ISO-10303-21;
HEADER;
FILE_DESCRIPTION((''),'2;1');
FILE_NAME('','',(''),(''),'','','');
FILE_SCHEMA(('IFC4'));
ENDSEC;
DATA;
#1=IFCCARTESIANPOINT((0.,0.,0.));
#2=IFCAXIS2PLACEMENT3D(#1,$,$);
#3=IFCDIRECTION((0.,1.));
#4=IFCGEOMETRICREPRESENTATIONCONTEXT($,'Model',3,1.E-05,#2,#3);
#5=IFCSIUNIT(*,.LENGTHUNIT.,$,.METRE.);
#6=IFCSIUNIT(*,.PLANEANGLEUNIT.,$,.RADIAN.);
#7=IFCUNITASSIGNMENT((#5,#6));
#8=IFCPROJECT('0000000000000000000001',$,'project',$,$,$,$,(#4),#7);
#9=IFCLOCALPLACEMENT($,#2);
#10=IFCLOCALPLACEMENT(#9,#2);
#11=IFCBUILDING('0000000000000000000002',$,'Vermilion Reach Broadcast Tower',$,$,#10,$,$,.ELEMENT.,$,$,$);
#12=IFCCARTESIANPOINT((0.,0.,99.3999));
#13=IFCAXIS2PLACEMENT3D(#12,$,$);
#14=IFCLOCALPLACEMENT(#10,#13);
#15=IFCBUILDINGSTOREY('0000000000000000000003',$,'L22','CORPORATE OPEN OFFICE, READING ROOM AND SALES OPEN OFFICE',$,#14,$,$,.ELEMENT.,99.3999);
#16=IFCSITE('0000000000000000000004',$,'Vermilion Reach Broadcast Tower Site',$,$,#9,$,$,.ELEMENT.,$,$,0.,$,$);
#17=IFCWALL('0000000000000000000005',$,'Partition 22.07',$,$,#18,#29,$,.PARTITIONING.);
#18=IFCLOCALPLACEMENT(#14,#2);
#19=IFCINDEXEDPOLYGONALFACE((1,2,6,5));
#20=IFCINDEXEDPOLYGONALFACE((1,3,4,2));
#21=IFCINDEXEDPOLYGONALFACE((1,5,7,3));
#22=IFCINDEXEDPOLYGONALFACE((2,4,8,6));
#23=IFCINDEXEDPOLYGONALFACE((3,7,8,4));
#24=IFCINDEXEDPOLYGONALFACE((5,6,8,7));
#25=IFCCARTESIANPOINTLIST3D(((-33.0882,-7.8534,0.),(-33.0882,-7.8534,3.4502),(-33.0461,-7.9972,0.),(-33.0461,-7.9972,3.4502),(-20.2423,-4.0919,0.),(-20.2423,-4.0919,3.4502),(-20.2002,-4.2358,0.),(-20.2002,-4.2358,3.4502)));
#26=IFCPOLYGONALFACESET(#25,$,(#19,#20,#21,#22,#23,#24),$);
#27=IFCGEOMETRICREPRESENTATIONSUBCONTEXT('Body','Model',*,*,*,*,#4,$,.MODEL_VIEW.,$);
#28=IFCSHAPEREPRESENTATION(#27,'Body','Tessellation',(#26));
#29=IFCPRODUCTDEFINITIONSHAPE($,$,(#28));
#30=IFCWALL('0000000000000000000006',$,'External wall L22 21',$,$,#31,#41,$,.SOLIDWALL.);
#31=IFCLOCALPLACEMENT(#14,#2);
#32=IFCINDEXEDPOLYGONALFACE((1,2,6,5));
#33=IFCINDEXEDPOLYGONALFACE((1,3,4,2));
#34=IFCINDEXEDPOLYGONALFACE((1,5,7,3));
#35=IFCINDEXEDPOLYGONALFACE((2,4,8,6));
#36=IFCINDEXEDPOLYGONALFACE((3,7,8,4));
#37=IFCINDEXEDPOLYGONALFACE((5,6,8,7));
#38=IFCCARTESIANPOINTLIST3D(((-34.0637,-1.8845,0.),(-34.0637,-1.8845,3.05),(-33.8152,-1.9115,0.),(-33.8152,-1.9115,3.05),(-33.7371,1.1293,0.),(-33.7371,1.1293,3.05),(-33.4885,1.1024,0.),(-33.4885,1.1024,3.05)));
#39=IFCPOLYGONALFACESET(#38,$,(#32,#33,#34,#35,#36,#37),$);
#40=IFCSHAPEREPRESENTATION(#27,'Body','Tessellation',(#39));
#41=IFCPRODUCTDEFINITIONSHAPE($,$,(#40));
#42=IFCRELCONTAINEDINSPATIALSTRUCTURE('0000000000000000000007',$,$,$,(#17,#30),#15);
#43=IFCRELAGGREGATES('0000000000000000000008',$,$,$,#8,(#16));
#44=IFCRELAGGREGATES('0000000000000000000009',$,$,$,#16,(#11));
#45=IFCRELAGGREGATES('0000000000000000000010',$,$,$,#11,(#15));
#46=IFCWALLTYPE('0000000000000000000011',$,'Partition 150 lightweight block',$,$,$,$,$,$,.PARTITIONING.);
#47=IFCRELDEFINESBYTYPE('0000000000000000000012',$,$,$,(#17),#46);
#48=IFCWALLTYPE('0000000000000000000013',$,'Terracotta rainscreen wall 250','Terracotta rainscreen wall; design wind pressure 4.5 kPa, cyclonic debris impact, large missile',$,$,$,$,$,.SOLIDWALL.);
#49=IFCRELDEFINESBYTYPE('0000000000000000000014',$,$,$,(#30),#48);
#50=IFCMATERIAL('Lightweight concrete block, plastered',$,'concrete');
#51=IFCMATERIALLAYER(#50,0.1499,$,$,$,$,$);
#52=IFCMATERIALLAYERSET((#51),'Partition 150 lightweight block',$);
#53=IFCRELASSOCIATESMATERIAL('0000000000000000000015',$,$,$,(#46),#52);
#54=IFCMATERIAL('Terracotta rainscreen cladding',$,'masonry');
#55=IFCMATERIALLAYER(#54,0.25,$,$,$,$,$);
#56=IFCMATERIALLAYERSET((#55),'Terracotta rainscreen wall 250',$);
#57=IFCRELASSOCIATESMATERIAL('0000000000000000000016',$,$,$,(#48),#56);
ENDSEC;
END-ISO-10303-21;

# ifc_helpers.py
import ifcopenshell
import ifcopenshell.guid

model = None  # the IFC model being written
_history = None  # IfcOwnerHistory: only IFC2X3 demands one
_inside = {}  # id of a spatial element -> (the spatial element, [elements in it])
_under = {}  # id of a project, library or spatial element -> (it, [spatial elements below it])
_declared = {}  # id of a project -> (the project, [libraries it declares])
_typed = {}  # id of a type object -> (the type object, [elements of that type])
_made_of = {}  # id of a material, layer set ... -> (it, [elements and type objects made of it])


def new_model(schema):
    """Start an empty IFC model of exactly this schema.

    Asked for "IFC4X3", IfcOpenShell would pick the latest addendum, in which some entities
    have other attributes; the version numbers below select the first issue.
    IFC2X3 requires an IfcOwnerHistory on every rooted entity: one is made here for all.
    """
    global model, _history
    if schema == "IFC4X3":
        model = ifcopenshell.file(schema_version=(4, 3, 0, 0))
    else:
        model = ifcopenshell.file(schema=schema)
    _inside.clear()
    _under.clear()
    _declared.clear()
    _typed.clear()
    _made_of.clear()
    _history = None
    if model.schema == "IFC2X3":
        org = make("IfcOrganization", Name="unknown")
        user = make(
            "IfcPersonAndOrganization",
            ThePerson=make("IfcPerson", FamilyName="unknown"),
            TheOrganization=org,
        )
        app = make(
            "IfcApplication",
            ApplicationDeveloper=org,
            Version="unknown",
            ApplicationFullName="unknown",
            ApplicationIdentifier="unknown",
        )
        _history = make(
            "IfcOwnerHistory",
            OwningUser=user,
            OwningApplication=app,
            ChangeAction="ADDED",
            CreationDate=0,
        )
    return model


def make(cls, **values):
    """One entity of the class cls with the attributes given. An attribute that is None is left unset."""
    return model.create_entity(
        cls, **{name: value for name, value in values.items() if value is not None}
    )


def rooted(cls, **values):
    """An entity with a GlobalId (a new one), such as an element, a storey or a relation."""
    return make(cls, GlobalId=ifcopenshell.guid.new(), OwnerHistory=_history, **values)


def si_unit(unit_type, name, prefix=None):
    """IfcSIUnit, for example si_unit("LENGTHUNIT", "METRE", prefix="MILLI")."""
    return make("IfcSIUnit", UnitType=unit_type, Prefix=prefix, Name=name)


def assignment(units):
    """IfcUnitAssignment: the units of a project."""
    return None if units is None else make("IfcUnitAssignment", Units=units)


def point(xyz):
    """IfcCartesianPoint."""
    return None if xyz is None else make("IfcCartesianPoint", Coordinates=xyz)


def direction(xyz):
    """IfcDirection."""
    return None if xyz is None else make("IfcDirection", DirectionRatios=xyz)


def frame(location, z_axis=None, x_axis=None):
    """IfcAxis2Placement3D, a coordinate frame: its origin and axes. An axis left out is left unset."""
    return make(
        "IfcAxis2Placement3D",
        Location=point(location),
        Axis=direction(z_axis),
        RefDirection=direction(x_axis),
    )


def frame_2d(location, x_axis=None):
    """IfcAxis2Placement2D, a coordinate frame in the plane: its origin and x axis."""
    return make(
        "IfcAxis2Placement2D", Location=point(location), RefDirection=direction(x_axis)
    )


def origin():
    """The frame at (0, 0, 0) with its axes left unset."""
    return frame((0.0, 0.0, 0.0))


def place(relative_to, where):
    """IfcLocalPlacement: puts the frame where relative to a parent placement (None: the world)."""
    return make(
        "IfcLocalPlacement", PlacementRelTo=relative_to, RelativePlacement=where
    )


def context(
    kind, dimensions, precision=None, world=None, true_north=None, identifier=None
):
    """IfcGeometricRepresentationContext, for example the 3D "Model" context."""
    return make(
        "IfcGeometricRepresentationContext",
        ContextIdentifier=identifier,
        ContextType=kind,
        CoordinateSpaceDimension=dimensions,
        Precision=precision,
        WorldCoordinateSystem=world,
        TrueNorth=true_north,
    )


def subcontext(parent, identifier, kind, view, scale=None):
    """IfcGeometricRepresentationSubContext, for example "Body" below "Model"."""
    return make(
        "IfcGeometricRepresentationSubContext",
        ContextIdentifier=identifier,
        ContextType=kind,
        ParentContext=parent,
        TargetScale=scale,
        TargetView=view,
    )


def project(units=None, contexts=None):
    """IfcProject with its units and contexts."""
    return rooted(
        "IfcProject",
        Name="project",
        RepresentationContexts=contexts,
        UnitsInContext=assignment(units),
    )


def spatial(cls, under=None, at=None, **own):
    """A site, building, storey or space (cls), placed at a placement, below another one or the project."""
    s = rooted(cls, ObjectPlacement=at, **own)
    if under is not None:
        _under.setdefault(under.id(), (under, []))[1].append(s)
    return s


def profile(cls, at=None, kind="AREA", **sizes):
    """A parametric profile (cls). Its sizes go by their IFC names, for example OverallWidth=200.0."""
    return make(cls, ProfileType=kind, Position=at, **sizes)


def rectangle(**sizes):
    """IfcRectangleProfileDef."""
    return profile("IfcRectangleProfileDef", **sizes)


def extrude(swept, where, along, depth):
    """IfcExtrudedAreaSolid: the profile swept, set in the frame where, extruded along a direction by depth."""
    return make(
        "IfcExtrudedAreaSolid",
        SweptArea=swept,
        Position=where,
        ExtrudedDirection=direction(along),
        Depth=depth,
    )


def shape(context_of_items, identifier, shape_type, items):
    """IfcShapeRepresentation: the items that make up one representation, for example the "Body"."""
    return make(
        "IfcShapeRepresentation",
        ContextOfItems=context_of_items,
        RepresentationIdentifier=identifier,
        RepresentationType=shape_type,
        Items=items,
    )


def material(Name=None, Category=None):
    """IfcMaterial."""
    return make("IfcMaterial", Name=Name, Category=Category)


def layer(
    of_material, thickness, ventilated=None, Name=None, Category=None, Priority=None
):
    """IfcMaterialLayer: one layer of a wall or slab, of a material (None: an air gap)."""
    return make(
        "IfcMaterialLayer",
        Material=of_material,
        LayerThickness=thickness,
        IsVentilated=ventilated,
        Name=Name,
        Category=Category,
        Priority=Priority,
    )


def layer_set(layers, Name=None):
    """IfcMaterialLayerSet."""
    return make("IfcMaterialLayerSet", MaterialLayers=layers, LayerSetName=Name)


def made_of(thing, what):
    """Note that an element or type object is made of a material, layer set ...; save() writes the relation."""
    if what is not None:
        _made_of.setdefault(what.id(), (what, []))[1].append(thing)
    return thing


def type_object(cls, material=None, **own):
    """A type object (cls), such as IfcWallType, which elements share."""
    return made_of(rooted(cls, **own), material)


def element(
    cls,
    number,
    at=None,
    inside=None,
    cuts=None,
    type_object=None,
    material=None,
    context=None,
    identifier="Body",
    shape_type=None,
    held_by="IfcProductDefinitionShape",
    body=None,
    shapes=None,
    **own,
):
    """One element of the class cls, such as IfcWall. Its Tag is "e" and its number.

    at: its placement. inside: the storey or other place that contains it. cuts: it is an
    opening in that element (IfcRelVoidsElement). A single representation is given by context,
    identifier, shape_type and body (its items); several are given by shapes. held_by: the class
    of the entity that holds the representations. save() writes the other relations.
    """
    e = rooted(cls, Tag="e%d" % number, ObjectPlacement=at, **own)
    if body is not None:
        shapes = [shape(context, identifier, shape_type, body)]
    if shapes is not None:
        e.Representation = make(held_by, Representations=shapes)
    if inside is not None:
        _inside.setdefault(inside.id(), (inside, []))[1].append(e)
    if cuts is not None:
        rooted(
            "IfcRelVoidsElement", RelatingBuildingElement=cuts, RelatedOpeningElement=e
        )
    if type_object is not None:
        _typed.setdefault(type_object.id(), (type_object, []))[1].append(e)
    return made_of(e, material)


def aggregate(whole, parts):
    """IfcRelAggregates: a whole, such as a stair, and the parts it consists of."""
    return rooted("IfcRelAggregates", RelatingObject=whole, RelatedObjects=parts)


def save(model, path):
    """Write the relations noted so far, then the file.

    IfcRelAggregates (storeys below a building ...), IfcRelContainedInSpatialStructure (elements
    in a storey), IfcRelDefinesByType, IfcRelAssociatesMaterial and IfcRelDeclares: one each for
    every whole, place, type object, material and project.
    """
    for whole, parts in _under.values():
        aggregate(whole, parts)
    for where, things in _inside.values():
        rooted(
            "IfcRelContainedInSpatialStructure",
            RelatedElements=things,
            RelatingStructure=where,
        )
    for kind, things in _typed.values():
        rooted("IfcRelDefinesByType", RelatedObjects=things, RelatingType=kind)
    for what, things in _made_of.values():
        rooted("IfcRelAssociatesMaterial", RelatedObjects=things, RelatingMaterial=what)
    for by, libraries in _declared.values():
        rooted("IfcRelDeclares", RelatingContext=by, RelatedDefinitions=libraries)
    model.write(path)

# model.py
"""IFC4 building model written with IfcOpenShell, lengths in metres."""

from ifc_helpers import new_model, si_unit, direction, frame, frame_2d, origin, place, context, subcontext, project, spatial, rectangle, extrude, material, layer, layer_set, type_object, element, save


model = new_model("IFC4")

# Units and contexts
model_context = context("Model", 3, precision=1e-05, world=origin(), true_north=direction((0.0, 1.0)))
body_context = subcontext(model_context, "Body", "Model", "MODEL_VIEW")
ifc_project = project(units=[si_unit("LENGTHUNIT", "METRE"), si_unit("PLANEANGLEUNIT", "RADIAN")], contexts=[model_context])

# Site, building, storey
site_placement = place(None, origin())
site = spatial("IfcSite", under=ifc_project, at=site_placement, Name="Vermilion Reach Broadcast Tower Site", CompositionType="ELEMENT", RefElevation=0.0)
building_placement = place(site_placement, origin())
building = spatial("IfcBuilding", under=site, at=building_placement, Name="Vermilion Reach Broadcast Tower", CompositionType="ELEMENT")
storey_placement = place(building_placement, frame((0.0, 0.0, 99.3999)))
storey = spatial("IfcBuildingStorey", under=building, at=storey_placement, Name="L22", Description="CORPORATE OPEN OFFICE, READING ROOM AND SALES OPEN OFFICE", CompositionType="ELEMENT", Elevation=99.3999)

# Walls
ifc_material_1 = material(Name="Lightweight concrete block, plastered", Category="concrete")
ifc_layer_1 = layer(ifc_material_1, 0.1499)
ifc_layer_set_1 = layer_set([ifc_layer_1], Name="Partition 150 lightweight block")
wall_type_1 = type_object("IfcWallType", Name="Partition 150 lightweight block", PredefinedType="PARTITIONING", material=ifc_layer_set_1)
wall_1_placement = place(storey_placement, frame((-33.0671, -7.9253, 0.0), z_axis=(0.0, 0.0, 1.0), x_axis=(0.959703, 0.281015, 0.0)))
element("IfcWall", 1, at=wall_1_placement, inside=storey, type_object=wall_type_1, Name="Partition 22.07", PredefinedType="PARTITIONING", context=body_context, shape_type="SweptSolid", body=[
    extrude(rectangle(XDim=13.3853, YDim=0.1499, at=frame_2d((6.6926, 0.0))), origin(), (0.0, 0.0, 1.0), 3.4502),
])
ifc_material_2 = material(Name="Terracotta rainscreen cladding", Category="masonry")
ifc_layer_2 = layer(ifc_material_2, 0.25)
ifc_layer_set_2 = layer_set([ifc_layer_2], Name="Terracotta rainscreen wall 250")
wall_type_2 = type_object("IfcWallType", Name="Terracotta rainscreen wall 250", Description="Terracotta rainscreen wall; design wind pressure 4.5 kPa, cyclonic debris impact, large missile", PredefinedType="SOLIDWALL", material=ifc_layer_set_2)
wall_2_placement = place(storey_placement, frame((-33.6128, 1.1157, 0.0), z_axis=(0.0, 0.0, 1.0), x_axis=(-0.107753, -0.994178, 0.0)))
element("IfcWall", 2, at=wall_2_placement, inside=storey, type_object=wall_type_2, Name="External wall L22 21", PredefinedType="SOLIDWALL", context=body_context, shape_type="SweptSolid", body=[
    extrude(rectangle(XDim=3.0315, YDim=0.25, at=frame_2d((1.5156, 0.0))), origin(), (0.0, 0.0, 1.0), 3.05),
])

save(model, "model.ifc")
